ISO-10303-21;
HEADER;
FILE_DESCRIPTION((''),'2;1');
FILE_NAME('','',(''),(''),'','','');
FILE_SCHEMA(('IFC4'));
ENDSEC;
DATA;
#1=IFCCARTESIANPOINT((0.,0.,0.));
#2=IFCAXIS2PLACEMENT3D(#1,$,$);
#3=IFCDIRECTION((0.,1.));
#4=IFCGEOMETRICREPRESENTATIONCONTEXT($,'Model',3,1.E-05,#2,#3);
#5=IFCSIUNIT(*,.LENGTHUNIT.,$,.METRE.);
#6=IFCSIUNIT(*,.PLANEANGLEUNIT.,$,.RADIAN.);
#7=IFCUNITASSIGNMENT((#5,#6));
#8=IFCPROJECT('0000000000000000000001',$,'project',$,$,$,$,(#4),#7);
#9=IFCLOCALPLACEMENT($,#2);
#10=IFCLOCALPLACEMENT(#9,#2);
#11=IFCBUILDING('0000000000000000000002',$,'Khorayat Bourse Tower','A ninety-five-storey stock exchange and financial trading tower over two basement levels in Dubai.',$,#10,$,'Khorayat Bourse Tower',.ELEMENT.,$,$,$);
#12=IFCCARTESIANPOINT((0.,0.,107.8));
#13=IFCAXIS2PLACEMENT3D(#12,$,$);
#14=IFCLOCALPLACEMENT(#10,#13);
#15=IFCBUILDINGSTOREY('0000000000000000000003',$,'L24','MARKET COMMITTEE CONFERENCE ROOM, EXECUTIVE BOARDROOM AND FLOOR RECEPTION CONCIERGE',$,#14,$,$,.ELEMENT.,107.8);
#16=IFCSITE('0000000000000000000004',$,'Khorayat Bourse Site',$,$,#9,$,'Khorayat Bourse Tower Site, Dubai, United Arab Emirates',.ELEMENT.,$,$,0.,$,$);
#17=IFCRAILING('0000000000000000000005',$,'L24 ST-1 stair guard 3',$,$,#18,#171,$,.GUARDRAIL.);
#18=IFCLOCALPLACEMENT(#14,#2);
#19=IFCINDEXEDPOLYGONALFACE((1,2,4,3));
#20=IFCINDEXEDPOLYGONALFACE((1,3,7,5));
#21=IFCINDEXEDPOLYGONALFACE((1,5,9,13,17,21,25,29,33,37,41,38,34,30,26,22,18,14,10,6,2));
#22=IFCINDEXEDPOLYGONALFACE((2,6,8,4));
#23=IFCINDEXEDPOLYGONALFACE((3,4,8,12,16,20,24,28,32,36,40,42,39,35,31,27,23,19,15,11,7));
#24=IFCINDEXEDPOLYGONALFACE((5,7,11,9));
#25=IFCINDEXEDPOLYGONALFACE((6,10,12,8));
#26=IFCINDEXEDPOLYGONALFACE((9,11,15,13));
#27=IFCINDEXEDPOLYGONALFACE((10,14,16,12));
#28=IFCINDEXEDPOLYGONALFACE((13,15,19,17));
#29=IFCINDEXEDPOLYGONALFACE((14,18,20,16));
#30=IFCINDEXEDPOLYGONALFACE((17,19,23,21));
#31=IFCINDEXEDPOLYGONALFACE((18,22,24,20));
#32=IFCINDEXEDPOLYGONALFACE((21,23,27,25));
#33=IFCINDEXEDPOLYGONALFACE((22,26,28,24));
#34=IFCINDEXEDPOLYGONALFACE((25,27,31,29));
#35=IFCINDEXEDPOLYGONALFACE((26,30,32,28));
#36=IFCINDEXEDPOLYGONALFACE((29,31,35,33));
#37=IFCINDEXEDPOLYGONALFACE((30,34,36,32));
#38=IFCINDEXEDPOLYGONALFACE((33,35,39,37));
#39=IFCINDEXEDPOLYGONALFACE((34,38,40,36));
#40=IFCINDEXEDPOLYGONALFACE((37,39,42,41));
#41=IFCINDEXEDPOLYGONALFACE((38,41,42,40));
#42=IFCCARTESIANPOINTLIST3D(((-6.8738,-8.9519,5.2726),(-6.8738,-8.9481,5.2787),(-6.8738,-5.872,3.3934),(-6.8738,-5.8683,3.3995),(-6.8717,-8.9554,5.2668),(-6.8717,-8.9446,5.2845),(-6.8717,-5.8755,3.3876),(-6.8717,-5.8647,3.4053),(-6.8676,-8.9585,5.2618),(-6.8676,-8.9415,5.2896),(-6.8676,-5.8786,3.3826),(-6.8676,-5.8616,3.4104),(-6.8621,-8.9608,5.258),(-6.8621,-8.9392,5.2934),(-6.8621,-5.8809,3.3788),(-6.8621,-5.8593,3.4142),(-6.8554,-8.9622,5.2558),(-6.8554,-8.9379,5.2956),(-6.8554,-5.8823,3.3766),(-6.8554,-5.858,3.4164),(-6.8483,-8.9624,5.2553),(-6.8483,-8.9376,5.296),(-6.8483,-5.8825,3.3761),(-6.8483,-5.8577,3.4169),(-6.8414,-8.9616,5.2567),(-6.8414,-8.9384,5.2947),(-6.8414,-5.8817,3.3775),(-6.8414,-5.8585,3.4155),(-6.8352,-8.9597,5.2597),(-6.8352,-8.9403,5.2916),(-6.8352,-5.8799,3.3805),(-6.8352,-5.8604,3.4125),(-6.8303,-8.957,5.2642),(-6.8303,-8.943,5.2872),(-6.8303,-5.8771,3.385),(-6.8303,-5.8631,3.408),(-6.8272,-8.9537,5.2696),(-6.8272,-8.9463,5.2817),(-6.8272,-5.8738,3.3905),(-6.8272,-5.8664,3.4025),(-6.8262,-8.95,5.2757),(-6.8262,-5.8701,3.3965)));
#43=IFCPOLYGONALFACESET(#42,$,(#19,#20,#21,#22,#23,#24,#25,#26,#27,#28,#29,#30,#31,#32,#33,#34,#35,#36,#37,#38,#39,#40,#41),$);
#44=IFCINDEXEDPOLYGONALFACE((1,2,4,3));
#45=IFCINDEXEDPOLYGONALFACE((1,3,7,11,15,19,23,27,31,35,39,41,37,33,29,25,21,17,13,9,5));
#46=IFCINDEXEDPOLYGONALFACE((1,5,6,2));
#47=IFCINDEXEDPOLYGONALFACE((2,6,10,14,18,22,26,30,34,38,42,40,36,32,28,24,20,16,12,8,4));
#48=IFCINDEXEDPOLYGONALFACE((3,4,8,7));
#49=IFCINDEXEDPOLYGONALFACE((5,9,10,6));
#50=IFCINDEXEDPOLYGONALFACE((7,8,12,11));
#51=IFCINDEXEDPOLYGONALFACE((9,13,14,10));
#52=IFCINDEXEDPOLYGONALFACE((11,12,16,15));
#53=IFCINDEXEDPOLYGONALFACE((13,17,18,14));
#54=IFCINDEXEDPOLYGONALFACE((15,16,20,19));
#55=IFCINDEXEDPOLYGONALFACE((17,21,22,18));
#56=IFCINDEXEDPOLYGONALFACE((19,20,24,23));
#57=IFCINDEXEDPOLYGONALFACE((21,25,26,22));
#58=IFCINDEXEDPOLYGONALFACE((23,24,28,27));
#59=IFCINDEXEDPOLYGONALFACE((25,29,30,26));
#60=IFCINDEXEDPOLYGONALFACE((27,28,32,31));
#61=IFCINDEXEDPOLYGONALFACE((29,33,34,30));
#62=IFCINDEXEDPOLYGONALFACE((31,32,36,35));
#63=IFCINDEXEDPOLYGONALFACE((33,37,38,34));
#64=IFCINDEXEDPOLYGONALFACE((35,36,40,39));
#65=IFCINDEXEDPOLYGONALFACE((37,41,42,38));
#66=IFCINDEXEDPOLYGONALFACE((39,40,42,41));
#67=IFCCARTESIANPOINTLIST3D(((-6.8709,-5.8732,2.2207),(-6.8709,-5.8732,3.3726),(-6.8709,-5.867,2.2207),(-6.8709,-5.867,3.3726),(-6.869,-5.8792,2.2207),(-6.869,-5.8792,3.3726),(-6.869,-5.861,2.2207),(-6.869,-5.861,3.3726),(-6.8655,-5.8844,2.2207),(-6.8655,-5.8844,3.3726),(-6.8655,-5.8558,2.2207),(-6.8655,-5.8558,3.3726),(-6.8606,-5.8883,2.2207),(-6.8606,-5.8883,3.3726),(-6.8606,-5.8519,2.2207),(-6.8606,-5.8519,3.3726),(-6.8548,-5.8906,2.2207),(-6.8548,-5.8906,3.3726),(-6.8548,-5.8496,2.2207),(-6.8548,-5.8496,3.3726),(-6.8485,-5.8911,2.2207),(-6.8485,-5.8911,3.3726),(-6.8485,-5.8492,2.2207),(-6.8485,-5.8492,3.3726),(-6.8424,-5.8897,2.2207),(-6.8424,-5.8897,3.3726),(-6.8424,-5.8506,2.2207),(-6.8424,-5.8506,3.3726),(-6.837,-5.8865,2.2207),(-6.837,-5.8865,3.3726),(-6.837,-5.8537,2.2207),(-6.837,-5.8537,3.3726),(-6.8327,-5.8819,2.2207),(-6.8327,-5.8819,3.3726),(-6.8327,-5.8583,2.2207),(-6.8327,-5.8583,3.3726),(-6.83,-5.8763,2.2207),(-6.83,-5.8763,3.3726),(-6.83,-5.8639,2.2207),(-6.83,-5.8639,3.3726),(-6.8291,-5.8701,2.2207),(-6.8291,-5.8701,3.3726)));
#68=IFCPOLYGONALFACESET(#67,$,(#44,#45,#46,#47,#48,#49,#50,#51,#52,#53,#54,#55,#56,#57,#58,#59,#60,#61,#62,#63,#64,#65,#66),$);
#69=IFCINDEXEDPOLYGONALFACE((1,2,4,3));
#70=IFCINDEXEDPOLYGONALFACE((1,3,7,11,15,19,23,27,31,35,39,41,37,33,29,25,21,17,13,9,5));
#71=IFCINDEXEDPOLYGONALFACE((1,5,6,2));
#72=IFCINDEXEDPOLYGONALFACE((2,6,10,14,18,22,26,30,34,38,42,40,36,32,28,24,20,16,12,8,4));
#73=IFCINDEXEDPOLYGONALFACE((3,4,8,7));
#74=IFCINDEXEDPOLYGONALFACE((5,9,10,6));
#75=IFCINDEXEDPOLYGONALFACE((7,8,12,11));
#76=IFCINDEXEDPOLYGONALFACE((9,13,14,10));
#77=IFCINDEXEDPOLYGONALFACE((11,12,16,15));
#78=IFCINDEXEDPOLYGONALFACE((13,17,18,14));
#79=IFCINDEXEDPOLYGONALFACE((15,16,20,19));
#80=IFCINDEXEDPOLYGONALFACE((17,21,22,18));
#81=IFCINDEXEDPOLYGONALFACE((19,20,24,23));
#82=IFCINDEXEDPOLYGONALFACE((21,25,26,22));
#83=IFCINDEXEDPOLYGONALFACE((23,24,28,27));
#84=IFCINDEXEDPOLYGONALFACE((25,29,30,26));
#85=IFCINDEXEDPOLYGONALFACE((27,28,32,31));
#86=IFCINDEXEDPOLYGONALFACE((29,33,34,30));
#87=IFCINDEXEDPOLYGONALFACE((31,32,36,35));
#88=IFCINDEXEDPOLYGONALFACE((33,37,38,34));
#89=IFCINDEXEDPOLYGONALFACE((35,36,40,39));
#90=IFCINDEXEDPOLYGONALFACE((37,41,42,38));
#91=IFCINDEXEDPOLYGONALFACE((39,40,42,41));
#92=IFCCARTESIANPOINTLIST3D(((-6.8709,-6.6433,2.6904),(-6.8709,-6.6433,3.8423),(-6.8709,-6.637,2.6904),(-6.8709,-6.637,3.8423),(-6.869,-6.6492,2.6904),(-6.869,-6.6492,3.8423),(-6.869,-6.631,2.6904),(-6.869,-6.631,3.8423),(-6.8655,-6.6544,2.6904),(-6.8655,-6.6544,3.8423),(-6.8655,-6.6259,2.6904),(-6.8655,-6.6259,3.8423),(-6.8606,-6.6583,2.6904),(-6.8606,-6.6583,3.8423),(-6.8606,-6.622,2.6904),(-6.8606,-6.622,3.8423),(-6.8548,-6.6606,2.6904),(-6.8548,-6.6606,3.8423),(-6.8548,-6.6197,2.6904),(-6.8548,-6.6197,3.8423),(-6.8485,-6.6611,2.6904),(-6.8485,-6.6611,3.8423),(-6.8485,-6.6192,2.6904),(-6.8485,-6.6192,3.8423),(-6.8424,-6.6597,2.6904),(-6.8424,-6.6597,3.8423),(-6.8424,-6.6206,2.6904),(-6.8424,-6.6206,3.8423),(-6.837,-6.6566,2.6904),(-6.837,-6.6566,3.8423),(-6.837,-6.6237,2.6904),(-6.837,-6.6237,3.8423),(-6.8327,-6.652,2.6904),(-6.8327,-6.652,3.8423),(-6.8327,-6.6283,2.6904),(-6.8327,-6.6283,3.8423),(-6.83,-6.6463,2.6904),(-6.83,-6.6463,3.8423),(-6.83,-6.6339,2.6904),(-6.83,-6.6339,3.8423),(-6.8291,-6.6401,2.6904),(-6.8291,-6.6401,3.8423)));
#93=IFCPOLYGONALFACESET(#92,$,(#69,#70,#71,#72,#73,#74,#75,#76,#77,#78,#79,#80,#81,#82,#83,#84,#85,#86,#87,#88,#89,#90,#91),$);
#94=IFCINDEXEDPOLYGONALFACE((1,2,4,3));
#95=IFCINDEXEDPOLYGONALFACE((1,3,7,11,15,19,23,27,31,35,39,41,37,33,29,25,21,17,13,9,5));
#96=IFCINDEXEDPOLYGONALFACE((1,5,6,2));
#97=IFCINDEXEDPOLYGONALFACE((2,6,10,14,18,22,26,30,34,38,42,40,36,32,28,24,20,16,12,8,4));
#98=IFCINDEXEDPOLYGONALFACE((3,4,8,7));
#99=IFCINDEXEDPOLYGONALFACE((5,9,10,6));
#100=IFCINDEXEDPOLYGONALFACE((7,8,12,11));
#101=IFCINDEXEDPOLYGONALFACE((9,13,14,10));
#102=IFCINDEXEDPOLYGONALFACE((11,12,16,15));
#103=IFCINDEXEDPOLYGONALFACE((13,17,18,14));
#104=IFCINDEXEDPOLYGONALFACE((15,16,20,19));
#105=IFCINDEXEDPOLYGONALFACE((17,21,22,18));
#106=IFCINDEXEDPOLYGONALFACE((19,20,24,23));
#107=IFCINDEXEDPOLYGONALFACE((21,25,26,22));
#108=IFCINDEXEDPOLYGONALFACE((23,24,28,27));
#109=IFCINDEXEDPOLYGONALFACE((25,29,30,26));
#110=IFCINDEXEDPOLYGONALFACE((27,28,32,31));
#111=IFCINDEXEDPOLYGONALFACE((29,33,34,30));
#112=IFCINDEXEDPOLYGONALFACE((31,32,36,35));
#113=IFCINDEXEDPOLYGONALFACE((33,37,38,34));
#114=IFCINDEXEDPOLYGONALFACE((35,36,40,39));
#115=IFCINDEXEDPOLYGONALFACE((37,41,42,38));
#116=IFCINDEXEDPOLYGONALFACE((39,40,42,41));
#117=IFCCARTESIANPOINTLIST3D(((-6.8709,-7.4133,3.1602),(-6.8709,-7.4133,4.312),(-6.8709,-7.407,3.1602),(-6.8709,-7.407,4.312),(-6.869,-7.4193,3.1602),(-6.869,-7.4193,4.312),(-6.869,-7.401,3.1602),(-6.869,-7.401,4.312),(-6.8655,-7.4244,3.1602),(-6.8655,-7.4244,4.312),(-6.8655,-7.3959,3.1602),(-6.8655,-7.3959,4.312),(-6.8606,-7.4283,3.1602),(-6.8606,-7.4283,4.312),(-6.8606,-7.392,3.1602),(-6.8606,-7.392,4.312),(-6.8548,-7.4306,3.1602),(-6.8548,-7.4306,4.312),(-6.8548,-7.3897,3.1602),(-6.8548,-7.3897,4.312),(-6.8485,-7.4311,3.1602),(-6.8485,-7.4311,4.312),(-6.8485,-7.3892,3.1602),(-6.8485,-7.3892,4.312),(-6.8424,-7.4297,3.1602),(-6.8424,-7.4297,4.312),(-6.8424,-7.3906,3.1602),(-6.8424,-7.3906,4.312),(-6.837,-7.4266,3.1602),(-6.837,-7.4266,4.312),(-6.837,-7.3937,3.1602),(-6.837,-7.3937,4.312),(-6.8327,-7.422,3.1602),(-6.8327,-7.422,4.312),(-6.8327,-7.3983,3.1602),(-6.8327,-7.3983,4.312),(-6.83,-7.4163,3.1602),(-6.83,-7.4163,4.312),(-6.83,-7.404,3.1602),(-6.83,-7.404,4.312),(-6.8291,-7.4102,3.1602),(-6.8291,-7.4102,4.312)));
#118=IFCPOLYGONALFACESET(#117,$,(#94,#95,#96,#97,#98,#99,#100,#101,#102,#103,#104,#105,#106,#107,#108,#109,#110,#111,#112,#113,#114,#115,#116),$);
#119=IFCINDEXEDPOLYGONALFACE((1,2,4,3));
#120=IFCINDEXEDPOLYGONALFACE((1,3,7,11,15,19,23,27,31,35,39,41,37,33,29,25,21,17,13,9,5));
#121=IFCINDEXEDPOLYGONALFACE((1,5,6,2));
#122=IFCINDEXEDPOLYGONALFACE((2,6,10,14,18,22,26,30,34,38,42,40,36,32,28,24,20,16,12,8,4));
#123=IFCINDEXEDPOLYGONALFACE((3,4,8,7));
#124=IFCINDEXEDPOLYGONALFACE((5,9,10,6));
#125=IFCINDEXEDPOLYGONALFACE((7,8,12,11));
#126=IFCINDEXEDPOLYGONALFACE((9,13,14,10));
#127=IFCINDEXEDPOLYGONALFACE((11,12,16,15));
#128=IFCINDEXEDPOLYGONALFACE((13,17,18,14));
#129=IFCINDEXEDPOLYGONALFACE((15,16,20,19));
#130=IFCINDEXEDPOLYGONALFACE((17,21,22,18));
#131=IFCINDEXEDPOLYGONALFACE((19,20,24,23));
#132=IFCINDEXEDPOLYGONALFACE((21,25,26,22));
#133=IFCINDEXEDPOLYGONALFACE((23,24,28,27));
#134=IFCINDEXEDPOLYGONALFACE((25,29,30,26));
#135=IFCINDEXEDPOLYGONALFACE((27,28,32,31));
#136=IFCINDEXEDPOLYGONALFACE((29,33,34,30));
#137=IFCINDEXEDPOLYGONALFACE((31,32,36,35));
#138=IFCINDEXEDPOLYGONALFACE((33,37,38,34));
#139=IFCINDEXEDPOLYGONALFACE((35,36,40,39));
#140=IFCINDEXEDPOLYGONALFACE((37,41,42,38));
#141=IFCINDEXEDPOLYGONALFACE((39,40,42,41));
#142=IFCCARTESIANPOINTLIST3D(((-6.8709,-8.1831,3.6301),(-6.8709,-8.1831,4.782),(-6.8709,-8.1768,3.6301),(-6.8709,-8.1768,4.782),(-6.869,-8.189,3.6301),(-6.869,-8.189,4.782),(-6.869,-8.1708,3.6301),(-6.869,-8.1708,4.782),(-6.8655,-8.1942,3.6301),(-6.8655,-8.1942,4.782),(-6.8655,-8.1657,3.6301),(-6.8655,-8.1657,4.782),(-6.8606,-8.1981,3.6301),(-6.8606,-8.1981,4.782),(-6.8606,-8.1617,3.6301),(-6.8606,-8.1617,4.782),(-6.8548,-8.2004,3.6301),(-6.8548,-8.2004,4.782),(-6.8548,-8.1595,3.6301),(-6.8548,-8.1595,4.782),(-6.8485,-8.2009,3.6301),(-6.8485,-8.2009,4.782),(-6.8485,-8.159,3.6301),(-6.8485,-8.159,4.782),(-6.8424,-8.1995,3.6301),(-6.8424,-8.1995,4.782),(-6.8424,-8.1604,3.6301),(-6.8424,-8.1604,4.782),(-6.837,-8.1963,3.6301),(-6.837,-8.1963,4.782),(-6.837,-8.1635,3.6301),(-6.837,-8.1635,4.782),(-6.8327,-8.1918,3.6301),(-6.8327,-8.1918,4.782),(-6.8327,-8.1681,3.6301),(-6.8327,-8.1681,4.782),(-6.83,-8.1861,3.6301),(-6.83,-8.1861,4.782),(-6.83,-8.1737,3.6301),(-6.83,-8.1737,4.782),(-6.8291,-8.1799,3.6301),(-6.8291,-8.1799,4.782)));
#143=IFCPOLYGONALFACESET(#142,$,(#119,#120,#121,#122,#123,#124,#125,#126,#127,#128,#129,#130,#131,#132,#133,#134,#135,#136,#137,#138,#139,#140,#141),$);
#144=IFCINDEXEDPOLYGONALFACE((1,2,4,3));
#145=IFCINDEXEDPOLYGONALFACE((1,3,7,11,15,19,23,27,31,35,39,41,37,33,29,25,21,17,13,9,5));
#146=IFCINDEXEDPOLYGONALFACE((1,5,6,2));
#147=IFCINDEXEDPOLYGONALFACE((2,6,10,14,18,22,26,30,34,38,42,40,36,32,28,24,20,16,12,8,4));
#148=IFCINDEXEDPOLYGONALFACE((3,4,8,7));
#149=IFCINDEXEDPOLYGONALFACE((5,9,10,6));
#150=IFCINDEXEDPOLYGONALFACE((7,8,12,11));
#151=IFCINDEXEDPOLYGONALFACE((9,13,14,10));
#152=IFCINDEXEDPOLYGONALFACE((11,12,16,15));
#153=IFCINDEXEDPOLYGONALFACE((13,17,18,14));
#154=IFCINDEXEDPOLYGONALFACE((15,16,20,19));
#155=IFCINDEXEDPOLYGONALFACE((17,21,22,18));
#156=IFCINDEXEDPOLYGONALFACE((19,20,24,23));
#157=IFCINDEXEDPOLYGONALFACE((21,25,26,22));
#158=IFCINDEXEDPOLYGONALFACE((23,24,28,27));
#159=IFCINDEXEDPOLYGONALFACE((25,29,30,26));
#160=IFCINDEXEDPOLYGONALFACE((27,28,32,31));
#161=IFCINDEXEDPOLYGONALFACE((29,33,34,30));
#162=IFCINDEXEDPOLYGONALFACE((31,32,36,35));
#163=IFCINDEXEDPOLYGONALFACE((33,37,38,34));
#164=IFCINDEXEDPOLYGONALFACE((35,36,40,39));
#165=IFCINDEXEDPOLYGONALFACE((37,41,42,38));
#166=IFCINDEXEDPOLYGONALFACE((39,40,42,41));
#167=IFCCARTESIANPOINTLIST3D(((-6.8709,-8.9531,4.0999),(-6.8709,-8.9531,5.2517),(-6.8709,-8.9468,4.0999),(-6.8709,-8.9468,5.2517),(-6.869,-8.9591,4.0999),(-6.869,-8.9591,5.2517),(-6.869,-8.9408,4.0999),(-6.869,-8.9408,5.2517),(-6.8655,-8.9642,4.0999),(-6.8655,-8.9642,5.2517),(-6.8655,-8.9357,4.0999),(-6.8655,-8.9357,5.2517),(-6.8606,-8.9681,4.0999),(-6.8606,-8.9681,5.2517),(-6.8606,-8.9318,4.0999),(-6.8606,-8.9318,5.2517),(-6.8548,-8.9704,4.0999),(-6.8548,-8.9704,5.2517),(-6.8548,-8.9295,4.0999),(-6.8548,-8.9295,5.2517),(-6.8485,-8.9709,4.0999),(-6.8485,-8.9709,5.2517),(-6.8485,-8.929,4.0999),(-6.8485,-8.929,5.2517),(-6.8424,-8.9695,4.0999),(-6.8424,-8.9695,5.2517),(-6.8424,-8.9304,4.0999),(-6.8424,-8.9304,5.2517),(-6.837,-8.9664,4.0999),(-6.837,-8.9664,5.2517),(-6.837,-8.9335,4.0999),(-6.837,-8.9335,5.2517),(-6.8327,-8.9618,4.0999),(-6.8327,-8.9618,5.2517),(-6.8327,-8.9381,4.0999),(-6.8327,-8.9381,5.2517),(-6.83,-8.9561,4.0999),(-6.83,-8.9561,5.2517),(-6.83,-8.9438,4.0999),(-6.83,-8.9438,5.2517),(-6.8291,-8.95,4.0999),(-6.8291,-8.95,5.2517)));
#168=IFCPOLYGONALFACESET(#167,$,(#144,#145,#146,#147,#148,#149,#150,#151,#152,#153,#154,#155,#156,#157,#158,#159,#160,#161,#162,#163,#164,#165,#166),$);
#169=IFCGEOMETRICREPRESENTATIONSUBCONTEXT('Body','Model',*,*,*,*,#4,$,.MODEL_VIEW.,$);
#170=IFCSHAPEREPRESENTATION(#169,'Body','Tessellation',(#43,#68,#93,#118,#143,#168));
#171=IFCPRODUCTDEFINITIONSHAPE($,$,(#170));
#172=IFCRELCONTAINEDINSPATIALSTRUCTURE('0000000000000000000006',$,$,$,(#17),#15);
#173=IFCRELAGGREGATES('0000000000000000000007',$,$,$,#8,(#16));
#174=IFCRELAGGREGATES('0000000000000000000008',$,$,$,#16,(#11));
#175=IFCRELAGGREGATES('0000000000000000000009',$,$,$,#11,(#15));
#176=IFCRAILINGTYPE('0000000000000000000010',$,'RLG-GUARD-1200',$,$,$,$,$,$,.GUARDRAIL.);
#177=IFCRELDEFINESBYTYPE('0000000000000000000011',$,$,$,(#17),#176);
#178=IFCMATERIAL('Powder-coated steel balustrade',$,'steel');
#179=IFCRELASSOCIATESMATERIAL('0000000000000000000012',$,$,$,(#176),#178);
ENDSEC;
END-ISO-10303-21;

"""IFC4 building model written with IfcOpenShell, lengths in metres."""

from ifc_helpers import new_model, si_unit, direction, frame, origin, origin_2d, place, context, subcontext, project, spatial, circle, extrude, source, transform, mapped, material, type_object, element, save


model = new_model("IFC4")

# Units and contexts
model_context = context("Model", 3, precision=1e-05, world=origin(), true_north=direction((0.0, 1.0)))
body_context = subcontext(model_context, "Body", "Model", "MODEL_VIEW")
ifc_project = project(units=[si_unit("LENGTHUNIT", "METRE"), si_unit("PLANEANGLEUNIT", "RADIAN")], contexts=[model_context])

# Site, building, storey
site_placement = place(None, origin())
site = spatial("IfcSite", under=ifc_project, at=site_placement, Name="Khorayat Bourse Site", LongName="Khorayat Bourse Tower Site, Dubai, United Arab Emirates", CompositionType="ELEMENT", RefElevation=0.0)
building_placement = place(site_placement, origin())
building = spatial("IfcBuilding", under=site, at=building_placement, Name="Khorayat Bourse Tower", Description="A ninety-five-storey stock exchange and financial trading tower over two basement levels in Dubai.", LongName="Khorayat Bourse Tower", CompositionType="ELEMENT")
storey_placement = place(building_placement, frame((0.0, 0.0, 107.8)))
storey = spatial("IfcBuildingStorey", under=building, at=storey_placement, Name="L24", Description="MARKET COMMITTEE CONFERENCE ROOM, EXECUTIVE BOARDROOM AND FLOOR RECEPTION CONCIERGE", CompositionType="ELEMENT", Elevation=107.8)

# Railing
ifc_material_1 = material(Name="Powder-coated steel balustrade", Category="steel")
railing_type_1 = type_object("IfcRailingType", Name="RLG-GUARD-1200", PredefinedType="GUARDRAIL", material=ifc_material_1)
shared_shape_1 = source(origin(), body_context, "Body", "SweptSolid", [
    extrude(circle(Radius=0.0239, at=origin_2d()), frame((0.0, 0.0, 1.1758), z_axis=(0.0, -0.853648, 0.52085), x_axis=(1.0, 0.0, 0.0)), (0.0, 0.0, 1.0), 3.6079),
    extrude(circle(Radius=0.021, at=origin_2d()), origin(), (0.0, 0.0, 1.0), 1.1519),
    extrude(circle(Radius=0.021, at=origin_2d()), frame((0.0, -0.77, 0.4697)), (0.0, 0.0, 1.0), 1.1519),
    extrude(circle(Radius=0.021, at=origin_2d()), frame((0.0, -1.54, 0.9395)), (0.0, 0.0, 1.0), 1.1519),
    extrude(circle(Radius=0.021, at=origin_2d()), frame((0.0, -2.3098, 1.4094)), (0.0, 0.0, 1.0), 1.1519),
    extrude(circle(Radius=0.021, at=origin_2d()), frame((0.0, -3.0798, 1.8792)), (0.0, 0.0, 1.0), 1.1519),
])
railing_1_placement = place(storey_placement, frame((-6.8501, -5.8701, 2.2207)))
element("IfcRailing", 1, at=railing_1_placement, inside=storey, type_object=railing_type_1, Name="L24 ST-1 stair guard 3", PredefinedType="GUARDRAIL", context=body_context, shape_type="MappedRepresentation", body=[
    mapped(shared_shape_1, transform((0.0, 0.0, 0.0), scale=1.0)),
])

save(model, "model.ifc")
